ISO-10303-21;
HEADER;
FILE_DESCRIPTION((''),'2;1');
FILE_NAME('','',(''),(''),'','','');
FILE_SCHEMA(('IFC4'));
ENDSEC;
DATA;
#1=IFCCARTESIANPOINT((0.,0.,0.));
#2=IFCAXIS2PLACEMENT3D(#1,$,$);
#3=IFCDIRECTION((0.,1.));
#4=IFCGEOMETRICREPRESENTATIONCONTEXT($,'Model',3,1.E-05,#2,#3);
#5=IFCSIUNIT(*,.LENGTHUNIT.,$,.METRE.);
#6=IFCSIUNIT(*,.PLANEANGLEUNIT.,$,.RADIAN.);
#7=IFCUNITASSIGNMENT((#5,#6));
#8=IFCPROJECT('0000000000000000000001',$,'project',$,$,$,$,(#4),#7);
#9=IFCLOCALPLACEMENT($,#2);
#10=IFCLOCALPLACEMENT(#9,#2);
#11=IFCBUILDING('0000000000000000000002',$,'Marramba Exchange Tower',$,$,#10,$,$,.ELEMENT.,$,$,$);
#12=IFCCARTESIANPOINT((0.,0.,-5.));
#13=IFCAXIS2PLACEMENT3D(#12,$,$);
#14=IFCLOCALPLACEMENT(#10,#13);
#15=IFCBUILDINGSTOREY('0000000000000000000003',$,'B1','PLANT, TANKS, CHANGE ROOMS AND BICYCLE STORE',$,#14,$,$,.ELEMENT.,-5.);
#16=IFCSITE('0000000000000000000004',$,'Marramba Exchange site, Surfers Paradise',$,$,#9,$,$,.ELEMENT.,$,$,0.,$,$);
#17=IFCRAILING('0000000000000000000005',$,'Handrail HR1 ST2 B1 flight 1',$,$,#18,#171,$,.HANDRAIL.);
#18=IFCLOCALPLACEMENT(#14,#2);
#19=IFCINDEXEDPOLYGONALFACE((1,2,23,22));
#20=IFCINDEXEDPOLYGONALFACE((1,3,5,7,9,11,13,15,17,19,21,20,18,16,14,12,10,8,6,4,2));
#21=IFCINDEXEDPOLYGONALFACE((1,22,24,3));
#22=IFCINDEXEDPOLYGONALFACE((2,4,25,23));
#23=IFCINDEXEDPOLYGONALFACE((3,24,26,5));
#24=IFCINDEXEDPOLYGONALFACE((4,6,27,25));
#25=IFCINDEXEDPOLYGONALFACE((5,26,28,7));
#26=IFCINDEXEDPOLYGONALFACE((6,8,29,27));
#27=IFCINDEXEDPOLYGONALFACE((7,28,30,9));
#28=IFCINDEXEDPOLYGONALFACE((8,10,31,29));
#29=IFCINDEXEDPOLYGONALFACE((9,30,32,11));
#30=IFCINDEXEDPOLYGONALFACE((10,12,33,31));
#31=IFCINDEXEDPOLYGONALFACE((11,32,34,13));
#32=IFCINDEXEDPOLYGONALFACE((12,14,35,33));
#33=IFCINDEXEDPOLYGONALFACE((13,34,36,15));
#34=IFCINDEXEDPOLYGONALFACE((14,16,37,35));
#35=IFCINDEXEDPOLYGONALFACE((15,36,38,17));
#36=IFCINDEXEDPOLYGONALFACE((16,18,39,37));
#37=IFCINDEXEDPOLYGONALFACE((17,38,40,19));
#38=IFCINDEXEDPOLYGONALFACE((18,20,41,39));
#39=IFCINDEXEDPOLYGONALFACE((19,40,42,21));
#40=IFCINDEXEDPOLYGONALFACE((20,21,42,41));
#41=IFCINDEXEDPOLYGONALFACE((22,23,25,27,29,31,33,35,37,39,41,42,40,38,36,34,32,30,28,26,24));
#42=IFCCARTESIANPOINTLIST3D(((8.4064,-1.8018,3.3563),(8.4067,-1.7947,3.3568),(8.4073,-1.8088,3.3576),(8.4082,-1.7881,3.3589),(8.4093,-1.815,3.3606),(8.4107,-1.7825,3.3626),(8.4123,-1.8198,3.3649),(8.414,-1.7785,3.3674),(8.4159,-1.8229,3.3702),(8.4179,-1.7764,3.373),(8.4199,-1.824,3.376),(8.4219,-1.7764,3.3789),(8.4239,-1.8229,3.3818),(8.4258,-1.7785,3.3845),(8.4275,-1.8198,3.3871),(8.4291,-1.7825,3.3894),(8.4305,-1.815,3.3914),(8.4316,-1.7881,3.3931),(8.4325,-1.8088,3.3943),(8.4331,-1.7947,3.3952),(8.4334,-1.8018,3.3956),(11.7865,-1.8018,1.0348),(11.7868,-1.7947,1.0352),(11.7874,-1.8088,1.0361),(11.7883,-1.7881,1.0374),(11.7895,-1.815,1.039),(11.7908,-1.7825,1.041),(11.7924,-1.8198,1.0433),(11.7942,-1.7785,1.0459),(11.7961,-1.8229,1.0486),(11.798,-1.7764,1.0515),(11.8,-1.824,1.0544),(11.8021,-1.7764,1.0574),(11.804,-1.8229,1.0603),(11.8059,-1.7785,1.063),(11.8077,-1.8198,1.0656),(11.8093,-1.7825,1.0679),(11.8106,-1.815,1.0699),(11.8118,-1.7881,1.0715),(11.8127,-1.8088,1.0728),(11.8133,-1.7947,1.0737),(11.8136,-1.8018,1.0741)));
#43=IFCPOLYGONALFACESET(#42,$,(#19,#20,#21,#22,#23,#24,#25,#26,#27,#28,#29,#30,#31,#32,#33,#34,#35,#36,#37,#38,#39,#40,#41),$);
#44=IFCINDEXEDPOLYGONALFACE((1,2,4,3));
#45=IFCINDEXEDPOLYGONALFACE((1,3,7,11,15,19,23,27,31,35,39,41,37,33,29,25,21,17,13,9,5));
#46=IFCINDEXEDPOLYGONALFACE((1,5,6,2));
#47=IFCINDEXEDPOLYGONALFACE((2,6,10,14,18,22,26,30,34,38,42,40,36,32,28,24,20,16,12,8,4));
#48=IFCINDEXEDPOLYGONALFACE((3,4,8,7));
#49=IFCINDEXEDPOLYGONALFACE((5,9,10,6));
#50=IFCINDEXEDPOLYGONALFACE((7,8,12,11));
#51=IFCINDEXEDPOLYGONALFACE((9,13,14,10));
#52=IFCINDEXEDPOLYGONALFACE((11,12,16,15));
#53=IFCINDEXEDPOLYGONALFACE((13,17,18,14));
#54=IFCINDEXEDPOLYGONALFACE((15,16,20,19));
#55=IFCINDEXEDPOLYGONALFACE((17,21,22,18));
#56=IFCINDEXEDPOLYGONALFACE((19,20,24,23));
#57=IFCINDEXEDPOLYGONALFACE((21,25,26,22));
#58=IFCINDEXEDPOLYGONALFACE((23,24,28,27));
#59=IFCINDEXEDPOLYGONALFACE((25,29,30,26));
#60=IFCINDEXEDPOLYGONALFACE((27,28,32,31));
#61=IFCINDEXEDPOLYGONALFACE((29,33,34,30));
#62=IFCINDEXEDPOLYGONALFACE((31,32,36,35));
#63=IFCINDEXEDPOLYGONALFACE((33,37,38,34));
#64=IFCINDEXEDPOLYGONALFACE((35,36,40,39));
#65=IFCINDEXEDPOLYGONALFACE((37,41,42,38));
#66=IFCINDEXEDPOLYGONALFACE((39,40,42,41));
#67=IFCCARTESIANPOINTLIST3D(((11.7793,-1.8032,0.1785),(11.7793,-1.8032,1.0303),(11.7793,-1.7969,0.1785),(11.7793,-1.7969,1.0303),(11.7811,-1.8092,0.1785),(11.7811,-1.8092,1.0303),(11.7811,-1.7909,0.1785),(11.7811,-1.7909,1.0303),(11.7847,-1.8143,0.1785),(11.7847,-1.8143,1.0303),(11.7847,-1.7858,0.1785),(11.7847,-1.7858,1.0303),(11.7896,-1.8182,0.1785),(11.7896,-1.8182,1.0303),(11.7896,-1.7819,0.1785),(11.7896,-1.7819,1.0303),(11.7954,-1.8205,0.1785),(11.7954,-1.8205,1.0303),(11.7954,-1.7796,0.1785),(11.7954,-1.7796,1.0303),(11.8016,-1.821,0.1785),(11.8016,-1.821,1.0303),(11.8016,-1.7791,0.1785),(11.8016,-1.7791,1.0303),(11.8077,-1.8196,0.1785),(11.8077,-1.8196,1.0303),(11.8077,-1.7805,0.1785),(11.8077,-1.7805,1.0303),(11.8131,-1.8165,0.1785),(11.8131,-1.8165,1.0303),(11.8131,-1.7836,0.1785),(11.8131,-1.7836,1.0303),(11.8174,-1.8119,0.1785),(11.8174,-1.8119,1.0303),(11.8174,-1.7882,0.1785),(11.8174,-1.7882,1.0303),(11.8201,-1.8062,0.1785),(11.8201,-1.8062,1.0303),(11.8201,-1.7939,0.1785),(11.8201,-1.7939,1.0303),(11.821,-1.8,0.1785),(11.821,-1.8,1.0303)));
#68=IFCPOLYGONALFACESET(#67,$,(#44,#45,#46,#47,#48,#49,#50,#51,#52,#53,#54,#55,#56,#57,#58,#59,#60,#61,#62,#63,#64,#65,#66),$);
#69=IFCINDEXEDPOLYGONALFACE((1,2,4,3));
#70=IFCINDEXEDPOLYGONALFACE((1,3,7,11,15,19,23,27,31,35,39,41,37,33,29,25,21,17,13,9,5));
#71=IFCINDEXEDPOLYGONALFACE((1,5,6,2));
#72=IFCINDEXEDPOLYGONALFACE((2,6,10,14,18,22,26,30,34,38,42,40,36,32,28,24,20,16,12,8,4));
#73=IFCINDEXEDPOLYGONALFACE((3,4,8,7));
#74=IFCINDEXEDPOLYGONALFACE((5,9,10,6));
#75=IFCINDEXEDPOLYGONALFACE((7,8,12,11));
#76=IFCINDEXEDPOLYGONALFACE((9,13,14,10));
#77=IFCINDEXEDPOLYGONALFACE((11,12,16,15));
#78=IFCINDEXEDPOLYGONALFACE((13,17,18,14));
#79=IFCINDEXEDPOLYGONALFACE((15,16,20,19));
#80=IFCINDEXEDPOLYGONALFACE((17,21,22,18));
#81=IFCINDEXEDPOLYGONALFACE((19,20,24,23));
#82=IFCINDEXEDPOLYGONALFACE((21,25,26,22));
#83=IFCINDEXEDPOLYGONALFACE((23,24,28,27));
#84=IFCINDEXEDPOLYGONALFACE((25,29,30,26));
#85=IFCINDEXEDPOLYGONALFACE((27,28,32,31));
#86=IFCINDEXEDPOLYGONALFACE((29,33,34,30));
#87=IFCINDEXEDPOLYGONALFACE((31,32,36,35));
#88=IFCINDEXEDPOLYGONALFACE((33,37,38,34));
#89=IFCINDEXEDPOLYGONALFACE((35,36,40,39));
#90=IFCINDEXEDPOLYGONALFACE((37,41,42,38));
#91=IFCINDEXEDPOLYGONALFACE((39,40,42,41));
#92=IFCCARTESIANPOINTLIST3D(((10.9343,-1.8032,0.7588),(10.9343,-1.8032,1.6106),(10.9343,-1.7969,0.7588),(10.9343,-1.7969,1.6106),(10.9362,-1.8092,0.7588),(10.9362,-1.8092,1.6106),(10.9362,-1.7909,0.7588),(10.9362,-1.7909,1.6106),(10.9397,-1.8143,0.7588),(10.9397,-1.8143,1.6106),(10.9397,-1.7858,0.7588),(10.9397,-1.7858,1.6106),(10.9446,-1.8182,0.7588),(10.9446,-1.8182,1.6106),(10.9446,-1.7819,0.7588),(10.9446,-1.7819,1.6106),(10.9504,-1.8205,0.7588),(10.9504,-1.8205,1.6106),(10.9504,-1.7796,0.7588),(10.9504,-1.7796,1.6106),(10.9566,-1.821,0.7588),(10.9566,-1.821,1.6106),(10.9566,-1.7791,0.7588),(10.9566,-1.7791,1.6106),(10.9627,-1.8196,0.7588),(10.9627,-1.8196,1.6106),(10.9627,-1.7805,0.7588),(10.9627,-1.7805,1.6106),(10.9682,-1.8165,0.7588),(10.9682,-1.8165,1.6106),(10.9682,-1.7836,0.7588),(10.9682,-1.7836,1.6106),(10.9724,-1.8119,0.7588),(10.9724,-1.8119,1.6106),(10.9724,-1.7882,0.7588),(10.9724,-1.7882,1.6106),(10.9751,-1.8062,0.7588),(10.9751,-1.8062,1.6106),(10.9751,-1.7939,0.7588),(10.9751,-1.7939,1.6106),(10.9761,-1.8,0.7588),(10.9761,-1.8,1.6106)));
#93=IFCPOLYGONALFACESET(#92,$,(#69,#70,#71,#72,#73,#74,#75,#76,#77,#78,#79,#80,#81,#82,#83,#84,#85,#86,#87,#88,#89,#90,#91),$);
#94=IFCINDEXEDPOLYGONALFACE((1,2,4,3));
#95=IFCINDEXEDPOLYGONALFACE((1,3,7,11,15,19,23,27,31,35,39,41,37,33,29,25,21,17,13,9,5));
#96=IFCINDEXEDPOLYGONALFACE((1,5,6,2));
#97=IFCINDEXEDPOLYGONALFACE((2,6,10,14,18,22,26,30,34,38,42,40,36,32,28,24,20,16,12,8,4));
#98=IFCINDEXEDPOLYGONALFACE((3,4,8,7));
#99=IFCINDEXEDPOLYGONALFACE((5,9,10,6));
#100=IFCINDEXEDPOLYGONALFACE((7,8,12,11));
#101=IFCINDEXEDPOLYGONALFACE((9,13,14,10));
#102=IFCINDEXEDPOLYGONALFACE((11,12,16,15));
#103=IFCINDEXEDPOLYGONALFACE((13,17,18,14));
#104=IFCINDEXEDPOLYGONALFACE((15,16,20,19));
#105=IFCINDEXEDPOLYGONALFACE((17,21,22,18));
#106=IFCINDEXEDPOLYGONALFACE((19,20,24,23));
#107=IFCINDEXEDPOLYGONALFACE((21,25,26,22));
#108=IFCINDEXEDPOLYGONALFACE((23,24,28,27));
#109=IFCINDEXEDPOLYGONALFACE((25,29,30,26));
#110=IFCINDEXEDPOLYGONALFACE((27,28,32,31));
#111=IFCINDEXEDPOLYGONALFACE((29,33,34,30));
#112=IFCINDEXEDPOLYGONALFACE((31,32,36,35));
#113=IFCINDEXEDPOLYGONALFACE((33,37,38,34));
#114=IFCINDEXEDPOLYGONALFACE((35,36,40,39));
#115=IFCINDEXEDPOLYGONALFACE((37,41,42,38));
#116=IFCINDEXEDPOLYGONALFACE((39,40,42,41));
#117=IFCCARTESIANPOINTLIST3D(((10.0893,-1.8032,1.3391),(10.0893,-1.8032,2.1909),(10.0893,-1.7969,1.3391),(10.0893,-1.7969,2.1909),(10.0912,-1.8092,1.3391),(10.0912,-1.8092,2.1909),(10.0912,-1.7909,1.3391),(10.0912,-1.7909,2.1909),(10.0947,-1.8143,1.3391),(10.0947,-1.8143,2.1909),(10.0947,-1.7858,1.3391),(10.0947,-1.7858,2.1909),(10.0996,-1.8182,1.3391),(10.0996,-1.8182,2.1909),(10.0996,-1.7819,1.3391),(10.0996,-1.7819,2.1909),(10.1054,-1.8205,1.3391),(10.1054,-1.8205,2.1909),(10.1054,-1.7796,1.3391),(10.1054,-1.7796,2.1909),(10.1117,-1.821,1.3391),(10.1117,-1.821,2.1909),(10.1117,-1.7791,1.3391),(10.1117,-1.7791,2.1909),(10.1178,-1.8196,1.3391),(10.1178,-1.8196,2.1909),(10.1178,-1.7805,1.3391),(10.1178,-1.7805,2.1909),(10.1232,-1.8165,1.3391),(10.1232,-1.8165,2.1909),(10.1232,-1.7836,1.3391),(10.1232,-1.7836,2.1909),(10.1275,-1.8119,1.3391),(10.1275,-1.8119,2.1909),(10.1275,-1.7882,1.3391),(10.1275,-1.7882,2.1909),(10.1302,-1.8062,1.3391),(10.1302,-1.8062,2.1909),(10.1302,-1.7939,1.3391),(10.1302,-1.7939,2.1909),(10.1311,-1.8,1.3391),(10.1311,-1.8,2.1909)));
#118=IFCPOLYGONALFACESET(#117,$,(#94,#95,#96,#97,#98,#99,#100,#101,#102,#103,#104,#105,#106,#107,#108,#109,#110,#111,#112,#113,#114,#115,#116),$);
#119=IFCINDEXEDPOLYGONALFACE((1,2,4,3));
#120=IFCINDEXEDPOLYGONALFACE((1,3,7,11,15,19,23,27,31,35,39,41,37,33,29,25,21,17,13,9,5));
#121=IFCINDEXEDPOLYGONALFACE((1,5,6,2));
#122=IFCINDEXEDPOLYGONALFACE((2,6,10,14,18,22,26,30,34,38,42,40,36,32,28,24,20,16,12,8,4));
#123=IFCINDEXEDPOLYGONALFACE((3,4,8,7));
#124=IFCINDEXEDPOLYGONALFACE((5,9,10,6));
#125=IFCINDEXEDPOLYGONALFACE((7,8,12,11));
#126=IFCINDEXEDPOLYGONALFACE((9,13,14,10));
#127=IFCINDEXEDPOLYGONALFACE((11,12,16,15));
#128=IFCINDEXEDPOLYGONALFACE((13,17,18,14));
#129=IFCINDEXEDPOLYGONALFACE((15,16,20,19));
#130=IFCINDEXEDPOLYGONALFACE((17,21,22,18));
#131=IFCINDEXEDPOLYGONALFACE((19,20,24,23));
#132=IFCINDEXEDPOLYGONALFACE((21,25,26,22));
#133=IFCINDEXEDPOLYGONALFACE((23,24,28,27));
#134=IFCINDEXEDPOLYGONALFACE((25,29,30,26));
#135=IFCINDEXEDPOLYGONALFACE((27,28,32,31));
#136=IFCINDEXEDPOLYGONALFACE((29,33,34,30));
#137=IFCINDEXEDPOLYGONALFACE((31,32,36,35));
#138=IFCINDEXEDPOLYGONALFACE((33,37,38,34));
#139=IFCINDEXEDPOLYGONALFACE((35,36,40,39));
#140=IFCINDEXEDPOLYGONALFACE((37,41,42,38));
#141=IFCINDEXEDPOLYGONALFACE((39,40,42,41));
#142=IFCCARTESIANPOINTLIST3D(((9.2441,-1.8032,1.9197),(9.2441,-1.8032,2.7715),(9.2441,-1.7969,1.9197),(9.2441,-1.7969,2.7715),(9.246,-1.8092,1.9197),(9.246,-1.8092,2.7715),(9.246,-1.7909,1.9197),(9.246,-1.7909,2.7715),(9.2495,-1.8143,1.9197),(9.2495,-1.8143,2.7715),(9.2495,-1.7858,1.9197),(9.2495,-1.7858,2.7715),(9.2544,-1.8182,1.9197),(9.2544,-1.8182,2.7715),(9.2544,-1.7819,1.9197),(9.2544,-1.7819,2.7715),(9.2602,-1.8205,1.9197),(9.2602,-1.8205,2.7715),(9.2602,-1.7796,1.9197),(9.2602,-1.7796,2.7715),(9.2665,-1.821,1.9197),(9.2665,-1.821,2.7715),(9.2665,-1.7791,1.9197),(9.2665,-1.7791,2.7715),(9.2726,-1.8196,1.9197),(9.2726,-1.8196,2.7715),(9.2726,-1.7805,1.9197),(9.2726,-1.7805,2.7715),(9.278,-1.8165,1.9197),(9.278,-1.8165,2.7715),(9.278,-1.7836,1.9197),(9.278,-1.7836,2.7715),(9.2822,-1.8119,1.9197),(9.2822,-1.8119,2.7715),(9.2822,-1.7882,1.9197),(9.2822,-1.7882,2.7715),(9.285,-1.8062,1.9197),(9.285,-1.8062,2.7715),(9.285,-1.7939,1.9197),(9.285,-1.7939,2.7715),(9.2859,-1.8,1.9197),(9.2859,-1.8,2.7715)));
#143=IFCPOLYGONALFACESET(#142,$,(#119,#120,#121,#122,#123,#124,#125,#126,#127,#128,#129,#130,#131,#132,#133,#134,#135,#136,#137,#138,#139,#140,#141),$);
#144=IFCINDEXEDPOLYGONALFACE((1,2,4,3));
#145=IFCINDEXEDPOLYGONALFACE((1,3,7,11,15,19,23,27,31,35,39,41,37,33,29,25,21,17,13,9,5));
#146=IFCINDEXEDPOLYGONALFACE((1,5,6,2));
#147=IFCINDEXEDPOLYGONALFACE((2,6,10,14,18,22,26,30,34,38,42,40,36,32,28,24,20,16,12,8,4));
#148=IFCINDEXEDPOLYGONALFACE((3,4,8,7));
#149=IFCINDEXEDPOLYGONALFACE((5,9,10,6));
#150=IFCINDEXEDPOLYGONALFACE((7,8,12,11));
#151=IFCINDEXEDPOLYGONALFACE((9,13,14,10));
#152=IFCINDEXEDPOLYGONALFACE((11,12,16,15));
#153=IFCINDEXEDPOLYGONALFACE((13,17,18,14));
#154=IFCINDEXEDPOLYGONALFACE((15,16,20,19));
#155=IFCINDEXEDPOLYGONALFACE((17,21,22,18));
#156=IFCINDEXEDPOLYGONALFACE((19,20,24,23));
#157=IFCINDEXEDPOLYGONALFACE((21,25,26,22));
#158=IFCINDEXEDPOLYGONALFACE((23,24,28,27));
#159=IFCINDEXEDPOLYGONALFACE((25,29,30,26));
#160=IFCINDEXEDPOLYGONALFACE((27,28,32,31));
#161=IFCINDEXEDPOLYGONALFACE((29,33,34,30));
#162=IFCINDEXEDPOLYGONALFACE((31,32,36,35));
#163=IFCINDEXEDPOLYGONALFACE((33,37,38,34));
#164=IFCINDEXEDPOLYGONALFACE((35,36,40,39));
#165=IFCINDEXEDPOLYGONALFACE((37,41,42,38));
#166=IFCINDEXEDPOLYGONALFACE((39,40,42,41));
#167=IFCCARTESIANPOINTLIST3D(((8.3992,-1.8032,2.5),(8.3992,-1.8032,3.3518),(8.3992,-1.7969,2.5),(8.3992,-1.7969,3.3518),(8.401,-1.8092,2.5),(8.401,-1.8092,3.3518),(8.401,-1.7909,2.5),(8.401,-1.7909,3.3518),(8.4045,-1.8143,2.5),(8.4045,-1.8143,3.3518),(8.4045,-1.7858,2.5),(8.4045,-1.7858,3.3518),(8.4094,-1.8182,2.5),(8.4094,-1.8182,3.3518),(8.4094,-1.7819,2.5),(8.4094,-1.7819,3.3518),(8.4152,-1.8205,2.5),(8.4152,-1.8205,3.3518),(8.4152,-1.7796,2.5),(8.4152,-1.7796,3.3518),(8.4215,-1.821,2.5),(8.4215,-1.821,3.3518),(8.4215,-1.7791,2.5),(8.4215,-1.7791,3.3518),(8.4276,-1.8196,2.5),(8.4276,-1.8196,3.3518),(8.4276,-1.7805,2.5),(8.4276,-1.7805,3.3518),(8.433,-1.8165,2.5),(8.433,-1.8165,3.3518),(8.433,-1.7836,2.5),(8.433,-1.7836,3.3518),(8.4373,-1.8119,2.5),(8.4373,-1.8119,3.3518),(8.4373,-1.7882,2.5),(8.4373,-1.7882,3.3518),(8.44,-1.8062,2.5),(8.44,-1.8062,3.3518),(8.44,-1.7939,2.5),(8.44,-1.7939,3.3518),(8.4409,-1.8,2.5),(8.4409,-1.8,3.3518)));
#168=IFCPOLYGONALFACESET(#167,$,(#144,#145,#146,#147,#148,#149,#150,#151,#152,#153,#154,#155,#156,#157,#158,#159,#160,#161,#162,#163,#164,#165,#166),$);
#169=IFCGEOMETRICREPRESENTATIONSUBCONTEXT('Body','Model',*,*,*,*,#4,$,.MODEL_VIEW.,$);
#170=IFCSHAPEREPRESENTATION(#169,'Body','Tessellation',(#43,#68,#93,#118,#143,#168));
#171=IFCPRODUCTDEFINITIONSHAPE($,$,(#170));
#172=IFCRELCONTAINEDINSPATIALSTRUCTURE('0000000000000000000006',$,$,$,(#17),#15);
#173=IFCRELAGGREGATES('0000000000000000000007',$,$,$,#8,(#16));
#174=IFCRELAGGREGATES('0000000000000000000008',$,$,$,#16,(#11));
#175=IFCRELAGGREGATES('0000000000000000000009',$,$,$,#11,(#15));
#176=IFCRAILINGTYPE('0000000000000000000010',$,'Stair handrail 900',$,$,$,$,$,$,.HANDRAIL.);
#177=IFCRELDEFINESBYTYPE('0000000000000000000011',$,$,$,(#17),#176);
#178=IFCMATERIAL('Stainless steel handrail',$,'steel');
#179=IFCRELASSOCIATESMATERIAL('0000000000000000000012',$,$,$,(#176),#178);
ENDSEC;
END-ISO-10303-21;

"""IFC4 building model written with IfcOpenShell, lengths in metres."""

from ifc_helpers import new_model, si_unit, direction, frame, origin, origin_2d, place, context, subcontext, project, spatial, circle, extrude, material, type_object, element, save


model = new_model("IFC4")

# Units and contexts
model_context = context("Model", 3, precision=1e-05, world=origin(), true_north=direction((0.0, 1.0)))
body_context = subcontext(model_context, "Body", "Model", "MODEL_VIEW")
ifc_project = project(units=[si_unit("LENGTHUNIT", "METRE"), si_unit("PLANEANGLEUNIT", "RADIAN")], contexts=[model_context])

# Site, building, storey
site_placement = place(None, origin())
site = spatial("IfcSite", under=ifc_project, at=site_placement, Name="Marramba Exchange site, Surfers Paradise", CompositionType="ELEMENT", RefElevation=0.0)
building_placement = place(site_placement, origin())
building = spatial("IfcBuilding", under=site, at=building_placement, Name="Marramba Exchange Tower", CompositionType="ELEMENT")
storey_placement = place(building_placement, frame((0.0, 0.0, -5.0)))
storey = spatial("IfcBuildingStorey", under=building, at=storey_placement, Name="B1", Description="PLANT, TANKS, CHANGE ROOMS AND BICYCLE STORE", CompositionType="ELEMENT", Elevation=-5.0)

# Railing
ifc_material_1 = material(Name="Stainless steel handrail", Category="steel")
railing_type = type_object("IfcRailingType", Name="Stair handrail 900", PredefinedType="HANDRAIL", material=ifc_material_1)
railing_1_placement = place(storey_placement, frame((11.8, -1.8, 0.1785)))
element("IfcRailing", 1, at=railing_1_placement, inside=storey, type_object=railing_type, Name="Handrail HR1 ST2 B1 flight 1", PredefinedType="HANDRAIL", context=body_context, shape_type="SweptSolid", body=[
    extrude(circle(Radius=0.0239, at=origin_2d()), frame((0.0, 0.0, 0.876), z_axis=(-0.824304, 0.0, 0.566147), x_axis=(0.0, -1.0, 0.0)), (0.0, 0.0, 1.0), 4.1006),
    extrude(circle(Radius=0.021, at=origin_2d()), origin(), (0.0, 0.0, 1.0), 0.8518),
    extrude(circle(Radius=0.021, at=origin_2d()), frame((-0.845, 0.0, 0.5803)), (0.0, 0.0, 1.0), 0.8518),
    extrude(circle(Radius=0.021, at=origin_2d()), frame((-1.6899, 0.0, 1.1606)), (0.0, 0.0, 1.0), 0.8518),
    extrude(circle(Radius=0.021, at=origin_2d()), frame((-2.5352, 0.0, 1.7412)), (0.0, 0.0, 1.0), 0.8518),
    extrude(circle(Radius=0.021, at=origin_2d()), frame((-3.3801, 0.0, 2.3215)), (0.0, 0.0, 1.0), 0.8518),
])

save(model, "model.ifc")
